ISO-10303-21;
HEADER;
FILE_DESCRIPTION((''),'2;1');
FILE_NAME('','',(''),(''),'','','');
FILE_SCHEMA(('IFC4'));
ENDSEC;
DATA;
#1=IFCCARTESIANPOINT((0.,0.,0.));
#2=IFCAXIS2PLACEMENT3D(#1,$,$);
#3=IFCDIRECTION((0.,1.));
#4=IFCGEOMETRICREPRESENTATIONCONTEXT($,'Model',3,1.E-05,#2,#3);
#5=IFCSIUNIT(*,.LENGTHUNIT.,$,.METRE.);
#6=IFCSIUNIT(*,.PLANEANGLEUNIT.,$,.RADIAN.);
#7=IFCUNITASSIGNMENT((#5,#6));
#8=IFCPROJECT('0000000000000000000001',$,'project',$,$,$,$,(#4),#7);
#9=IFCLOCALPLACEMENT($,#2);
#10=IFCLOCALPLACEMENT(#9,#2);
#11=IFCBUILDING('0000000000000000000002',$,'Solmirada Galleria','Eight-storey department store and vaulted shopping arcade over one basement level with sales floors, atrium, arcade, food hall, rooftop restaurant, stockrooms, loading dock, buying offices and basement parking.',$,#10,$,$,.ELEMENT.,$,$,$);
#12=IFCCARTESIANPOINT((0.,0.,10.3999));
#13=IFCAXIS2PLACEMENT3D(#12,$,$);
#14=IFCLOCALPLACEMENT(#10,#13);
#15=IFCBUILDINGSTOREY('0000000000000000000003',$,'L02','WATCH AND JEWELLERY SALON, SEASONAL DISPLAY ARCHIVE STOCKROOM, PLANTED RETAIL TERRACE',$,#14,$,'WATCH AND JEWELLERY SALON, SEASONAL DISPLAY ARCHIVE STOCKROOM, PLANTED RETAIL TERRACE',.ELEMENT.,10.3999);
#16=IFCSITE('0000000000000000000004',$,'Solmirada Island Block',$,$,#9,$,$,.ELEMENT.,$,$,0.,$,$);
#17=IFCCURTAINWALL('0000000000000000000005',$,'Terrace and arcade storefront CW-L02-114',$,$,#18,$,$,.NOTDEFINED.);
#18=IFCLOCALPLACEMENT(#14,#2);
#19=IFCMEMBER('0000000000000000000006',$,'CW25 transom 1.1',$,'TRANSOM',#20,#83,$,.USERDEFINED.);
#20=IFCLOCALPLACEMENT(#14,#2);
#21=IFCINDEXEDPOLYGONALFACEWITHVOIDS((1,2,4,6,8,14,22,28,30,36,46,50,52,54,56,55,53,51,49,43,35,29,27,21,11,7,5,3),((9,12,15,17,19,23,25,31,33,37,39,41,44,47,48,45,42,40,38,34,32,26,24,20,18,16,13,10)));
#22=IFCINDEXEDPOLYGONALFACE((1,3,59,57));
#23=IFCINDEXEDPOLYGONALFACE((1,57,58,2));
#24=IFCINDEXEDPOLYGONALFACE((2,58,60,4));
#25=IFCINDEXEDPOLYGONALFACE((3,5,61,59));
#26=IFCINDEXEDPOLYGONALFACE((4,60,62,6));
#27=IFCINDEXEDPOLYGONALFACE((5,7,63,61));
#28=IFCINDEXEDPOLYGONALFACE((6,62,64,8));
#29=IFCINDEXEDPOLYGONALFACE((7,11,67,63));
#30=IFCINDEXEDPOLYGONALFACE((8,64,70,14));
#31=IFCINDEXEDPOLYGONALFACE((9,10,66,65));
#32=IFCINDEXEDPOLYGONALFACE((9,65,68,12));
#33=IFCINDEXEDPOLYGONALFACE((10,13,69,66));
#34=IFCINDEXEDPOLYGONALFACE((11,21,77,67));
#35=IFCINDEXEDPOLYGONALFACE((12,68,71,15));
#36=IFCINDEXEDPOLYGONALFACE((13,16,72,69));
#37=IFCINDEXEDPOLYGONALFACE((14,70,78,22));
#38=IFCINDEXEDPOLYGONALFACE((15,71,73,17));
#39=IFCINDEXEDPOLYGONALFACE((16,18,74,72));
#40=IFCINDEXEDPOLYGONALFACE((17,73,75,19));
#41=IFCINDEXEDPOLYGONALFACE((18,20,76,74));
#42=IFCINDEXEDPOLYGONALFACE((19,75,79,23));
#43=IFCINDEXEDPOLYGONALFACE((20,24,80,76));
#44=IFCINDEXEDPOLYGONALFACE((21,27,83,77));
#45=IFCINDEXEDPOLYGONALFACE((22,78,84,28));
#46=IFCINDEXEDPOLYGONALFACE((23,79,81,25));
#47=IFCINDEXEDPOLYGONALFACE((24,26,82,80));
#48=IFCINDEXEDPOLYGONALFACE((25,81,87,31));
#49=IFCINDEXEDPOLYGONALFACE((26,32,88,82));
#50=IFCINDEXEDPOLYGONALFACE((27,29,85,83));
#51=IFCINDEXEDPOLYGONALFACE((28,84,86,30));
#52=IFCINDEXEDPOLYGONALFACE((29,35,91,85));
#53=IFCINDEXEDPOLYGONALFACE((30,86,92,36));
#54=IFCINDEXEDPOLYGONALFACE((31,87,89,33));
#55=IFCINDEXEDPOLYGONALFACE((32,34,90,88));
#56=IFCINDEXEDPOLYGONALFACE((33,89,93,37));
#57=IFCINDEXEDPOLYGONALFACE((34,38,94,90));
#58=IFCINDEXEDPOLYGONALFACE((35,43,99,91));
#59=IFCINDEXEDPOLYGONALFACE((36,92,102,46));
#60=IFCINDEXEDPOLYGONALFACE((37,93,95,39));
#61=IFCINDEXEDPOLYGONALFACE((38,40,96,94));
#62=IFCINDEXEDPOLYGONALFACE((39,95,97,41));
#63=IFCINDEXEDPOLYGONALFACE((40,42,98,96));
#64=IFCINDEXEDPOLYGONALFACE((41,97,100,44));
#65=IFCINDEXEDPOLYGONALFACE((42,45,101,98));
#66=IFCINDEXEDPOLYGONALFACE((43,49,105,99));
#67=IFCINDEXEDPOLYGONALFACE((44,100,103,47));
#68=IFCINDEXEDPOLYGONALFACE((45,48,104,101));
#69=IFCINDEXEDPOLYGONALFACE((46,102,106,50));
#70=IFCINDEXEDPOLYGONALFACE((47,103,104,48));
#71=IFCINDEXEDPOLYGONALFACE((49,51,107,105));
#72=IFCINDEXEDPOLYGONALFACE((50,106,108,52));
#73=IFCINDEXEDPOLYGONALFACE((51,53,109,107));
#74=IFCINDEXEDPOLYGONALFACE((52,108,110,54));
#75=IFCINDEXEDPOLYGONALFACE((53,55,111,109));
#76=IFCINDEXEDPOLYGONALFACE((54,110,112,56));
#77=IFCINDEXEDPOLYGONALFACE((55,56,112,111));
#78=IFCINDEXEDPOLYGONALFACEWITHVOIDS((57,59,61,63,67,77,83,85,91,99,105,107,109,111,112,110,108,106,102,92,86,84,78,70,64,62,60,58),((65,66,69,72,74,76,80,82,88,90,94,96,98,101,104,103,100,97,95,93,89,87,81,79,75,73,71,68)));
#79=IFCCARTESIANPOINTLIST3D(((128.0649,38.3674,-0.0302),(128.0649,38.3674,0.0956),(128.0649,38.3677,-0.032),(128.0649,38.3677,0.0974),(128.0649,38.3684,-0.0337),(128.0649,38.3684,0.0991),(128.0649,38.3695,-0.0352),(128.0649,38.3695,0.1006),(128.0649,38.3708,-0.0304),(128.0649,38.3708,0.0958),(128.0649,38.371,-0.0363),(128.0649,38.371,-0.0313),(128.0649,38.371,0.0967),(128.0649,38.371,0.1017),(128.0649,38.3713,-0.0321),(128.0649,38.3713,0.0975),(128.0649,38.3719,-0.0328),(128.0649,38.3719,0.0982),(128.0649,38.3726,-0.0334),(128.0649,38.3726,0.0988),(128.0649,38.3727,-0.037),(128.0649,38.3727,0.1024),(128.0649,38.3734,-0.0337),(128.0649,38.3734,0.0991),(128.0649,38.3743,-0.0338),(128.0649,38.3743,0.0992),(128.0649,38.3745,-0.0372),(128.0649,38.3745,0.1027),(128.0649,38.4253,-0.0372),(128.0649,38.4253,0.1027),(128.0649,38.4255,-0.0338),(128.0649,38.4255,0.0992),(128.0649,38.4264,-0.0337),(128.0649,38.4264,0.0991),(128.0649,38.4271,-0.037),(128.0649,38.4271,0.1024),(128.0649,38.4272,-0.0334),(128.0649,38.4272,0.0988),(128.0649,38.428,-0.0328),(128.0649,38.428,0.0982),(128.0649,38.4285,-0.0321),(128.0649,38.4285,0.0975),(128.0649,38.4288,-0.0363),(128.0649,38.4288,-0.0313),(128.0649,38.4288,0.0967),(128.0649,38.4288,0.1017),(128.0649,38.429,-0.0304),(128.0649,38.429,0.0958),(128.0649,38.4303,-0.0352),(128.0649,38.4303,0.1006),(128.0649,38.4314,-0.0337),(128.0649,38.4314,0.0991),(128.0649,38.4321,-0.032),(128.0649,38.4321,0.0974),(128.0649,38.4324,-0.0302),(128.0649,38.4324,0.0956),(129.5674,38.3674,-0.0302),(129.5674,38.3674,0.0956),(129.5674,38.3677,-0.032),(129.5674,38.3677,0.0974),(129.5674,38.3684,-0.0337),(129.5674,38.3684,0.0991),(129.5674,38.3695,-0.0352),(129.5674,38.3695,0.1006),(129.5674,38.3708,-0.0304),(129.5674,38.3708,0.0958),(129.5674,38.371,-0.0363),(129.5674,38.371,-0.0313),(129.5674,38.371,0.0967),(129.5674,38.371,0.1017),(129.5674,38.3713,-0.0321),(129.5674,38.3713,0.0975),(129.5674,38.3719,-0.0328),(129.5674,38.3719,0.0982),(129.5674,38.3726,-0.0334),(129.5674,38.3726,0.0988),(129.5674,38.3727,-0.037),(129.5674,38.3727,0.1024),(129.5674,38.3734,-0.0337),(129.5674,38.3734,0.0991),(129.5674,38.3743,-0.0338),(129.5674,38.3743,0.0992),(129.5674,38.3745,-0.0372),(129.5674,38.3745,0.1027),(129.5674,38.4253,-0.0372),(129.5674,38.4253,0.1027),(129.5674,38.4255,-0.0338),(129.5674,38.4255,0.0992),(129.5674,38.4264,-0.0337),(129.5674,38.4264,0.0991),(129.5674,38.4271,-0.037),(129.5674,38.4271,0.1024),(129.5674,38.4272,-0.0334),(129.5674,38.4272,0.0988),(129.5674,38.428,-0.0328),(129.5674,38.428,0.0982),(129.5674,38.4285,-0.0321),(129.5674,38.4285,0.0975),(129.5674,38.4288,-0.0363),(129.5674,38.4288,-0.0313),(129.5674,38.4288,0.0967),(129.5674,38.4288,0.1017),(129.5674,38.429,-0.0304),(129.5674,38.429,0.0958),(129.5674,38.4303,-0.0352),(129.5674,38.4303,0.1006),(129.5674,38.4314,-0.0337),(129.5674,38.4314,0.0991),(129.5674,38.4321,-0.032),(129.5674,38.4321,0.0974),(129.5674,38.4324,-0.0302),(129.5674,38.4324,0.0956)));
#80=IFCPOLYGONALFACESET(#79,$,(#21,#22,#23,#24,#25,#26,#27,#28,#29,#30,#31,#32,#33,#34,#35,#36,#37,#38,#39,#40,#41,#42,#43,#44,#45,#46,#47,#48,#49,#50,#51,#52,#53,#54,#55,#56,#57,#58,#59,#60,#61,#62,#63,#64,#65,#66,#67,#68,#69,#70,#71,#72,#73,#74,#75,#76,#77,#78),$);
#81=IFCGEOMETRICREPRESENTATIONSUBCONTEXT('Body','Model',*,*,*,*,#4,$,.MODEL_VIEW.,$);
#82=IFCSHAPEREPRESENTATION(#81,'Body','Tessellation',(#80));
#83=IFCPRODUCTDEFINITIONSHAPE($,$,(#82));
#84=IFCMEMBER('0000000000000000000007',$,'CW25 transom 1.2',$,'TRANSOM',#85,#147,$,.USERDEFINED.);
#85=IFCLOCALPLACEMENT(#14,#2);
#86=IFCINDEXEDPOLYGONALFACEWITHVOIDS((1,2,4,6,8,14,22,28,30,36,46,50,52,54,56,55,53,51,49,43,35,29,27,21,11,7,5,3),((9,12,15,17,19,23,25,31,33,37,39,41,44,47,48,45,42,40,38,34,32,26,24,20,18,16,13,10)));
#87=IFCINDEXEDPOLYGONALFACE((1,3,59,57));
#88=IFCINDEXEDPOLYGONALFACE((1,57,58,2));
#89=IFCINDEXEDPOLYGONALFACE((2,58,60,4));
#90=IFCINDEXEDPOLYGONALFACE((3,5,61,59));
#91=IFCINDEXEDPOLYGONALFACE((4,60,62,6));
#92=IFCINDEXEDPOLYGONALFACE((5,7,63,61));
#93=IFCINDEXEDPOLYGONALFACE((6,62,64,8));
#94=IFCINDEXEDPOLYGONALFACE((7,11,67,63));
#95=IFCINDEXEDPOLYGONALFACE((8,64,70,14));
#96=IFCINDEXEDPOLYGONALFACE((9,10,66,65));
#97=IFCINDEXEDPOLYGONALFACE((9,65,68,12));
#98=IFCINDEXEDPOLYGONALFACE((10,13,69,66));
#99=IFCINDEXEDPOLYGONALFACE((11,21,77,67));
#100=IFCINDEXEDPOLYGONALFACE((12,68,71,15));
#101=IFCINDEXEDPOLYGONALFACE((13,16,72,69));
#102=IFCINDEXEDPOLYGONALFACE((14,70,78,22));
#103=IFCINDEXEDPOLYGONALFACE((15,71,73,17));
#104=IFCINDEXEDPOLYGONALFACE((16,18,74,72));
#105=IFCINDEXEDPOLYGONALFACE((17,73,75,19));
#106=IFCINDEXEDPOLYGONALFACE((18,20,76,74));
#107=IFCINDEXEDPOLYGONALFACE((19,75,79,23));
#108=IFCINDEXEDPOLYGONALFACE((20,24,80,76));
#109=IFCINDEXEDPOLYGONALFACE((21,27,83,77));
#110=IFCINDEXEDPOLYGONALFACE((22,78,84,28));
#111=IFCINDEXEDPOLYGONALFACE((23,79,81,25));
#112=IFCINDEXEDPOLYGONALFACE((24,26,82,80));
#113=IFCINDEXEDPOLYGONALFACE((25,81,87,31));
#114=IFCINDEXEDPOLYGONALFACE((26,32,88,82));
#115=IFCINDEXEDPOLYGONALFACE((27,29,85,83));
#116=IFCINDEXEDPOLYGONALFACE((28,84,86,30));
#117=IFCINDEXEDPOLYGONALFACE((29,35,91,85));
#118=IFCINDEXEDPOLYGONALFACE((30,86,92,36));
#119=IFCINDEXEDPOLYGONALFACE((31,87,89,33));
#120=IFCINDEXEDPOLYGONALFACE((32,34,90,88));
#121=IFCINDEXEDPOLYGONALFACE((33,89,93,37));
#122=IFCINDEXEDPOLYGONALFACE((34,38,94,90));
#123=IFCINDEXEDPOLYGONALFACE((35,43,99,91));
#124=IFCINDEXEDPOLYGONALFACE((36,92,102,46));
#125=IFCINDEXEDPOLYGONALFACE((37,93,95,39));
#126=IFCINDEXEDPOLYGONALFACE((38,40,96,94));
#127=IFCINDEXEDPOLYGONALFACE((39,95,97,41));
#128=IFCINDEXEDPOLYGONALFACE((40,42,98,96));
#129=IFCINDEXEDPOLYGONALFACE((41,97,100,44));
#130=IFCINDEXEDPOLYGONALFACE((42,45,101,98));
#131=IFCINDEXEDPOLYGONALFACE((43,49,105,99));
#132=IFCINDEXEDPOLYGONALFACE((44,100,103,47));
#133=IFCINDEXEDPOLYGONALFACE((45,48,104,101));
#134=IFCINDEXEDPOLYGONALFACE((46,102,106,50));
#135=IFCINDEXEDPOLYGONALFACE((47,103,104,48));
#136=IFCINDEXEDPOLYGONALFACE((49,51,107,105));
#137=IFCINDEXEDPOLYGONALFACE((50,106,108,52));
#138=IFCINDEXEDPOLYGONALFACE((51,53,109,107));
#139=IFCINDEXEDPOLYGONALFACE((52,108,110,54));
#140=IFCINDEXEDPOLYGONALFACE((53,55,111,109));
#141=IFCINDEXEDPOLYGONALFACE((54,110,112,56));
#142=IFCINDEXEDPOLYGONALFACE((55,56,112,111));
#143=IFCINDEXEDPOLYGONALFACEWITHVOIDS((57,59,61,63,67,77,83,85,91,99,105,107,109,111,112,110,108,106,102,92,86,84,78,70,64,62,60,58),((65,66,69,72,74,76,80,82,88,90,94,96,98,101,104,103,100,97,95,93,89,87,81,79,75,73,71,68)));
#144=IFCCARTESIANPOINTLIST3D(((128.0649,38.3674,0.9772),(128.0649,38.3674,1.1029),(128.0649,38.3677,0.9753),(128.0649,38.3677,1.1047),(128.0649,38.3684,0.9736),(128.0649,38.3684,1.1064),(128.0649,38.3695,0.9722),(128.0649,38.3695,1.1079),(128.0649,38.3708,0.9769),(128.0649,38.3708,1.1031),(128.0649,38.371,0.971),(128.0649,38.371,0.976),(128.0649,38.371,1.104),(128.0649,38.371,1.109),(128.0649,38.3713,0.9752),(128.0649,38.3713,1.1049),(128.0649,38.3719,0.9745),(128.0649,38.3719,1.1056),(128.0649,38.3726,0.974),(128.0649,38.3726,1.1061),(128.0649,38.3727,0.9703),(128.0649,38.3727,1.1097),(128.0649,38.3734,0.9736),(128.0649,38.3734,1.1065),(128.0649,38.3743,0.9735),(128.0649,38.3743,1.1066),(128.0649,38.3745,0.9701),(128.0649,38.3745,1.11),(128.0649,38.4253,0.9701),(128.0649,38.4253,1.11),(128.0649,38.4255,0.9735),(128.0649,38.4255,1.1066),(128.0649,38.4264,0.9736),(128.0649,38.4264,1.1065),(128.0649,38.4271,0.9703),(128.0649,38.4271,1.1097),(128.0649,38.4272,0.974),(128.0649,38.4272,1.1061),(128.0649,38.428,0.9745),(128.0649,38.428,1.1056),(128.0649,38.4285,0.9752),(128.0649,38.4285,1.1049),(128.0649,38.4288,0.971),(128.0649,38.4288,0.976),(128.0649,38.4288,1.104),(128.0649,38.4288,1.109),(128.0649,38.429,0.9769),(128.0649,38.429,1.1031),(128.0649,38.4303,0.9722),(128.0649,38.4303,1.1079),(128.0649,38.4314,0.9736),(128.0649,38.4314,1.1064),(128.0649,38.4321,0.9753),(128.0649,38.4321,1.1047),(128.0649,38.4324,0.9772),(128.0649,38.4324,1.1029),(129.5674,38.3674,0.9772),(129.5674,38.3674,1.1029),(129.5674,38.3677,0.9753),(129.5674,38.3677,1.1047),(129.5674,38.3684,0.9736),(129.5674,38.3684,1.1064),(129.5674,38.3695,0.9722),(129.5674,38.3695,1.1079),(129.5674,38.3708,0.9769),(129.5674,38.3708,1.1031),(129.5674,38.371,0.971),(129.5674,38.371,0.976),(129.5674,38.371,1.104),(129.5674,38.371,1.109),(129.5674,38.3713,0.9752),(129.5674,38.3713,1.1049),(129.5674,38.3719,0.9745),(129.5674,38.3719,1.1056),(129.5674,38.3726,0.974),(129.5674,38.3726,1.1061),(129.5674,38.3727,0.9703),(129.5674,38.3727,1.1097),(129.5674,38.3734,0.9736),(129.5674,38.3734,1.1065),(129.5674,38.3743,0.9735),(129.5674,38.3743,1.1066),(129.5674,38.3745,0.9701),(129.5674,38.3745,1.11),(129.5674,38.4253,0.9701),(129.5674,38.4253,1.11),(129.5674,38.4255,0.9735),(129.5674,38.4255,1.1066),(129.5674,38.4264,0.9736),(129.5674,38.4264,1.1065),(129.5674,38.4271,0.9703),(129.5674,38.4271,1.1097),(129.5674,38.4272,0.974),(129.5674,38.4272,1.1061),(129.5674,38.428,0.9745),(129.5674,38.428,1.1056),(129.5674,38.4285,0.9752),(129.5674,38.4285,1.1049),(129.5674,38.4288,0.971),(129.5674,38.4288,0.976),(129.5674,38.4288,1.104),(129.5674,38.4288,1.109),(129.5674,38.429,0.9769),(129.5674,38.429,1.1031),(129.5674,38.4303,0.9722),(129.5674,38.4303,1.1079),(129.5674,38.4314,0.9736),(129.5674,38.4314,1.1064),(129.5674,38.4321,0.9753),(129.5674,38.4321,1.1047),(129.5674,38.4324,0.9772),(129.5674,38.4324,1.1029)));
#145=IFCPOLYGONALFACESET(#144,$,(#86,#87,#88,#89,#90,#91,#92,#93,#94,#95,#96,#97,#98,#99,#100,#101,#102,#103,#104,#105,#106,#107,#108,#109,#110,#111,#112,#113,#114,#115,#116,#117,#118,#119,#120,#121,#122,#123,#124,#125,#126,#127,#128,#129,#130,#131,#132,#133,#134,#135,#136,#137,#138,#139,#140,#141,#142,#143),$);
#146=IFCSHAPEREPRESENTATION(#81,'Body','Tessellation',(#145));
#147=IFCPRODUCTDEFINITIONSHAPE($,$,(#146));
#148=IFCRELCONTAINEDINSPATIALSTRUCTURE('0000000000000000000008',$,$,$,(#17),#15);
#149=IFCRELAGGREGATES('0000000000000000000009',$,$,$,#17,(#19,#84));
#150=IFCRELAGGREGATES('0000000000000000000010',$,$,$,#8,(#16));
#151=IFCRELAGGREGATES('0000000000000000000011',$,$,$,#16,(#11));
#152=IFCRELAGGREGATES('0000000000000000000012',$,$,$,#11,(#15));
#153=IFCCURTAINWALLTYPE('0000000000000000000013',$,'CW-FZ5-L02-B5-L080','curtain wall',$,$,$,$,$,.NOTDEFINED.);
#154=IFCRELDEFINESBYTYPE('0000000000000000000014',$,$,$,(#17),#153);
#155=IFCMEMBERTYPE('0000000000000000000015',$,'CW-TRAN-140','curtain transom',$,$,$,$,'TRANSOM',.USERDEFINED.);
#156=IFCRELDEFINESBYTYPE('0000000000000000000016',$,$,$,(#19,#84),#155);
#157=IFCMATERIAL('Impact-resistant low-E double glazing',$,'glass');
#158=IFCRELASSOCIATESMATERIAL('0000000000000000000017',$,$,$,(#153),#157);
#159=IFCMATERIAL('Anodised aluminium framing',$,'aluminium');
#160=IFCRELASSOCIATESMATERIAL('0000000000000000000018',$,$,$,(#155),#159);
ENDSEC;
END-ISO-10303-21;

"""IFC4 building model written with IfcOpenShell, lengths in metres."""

from ifc_helpers import new_model, si_unit, direction, frame, origin, origin_2d, place, context, subcontext, project, spatial, hollow_rectangle, extrude, material, material_profile, profile_set, type_object, element, aggregate, save


model = new_model("IFC4")

# Units and contexts
model_context = context("Model", 3, precision=1e-05, world=origin(), true_north=direction((0.0, 1.0)))
body_context = subcontext(model_context, "Body", "Model", "MODEL_VIEW")
ifc_project = project(units=[si_unit("LENGTHUNIT", "METRE"), si_unit("PLANEANGLEUNIT", "RADIAN")], contexts=[model_context])

# Site, building, storey
site_placement = place(None, origin())
site = spatial("IfcSite", under=ifc_project, at=site_placement, Name="Solmirada Island Block", CompositionType="ELEMENT", RefElevation=0.0)
building_placement = place(site_placement, origin())
building = spatial("IfcBuilding", under=site, at=building_placement, Name="Solmirada Galleria", Description="Eight-storey department store and vaulted shopping arcade over one basement level with sales floors, atrium, arcade, food hall, rooftop restaurant, stockrooms, loading dock, buying offices and basement parking.", CompositionType="ELEMENT")
storey_placement = place(building_placement, frame((0.0, 0.0, 10.3999)))
storey = spatial("IfcBuildingStorey", under=building, at=storey_placement, Name="L02", Description="WATCH AND JEWELLERY SALON, SEASONAL DISPLAY ARCHIVE STOCKROOM, PLANTED RETAIL TERRACE", LongName="WATCH AND JEWELLERY SALON, SEASONAL DISPLAY ARCHIVE STOCKROOM, PLANTED RETAIL TERRACE", CompositionType="ELEMENT", Elevation=10.3999)

# Shared definitions
ifc_material_1 = material(Name="Impact-resistant low-E double glazing", Category="glass")
curtain_wall_type = type_object("IfcCurtainWallType", Name="CW-FZ5-L02-B5-L080", Description="curtain wall", PredefinedType="NOTDEFINED", material=ifc_material_1)
ifc_material_2 = material(Name="Anodised aluminium framing", Category="aluminium")

# Curtain wall
curtain_wall_1_placement = place(storey_placement, origin())
curtain_wall_1 = element("IfcCurtainWall", 1, at=curtain_wall_1_placement, inside=storey, type_object=curtain_wall_type, Name="Terrace and arcade storefront CW-L02-114", PredefinedType="NOTDEFINED")

# Members
ifc_material_profile_1 = material_profile(ifc_material_2, hollow_rectangle(XDim=0.0649, YDim=0.1399, WallThickness=0.0034, InnerFilletRadius=0.0034, OuterFilletRadius=0.0071, at=origin_2d()), Name="ALU-TRAN-140X65")
ifc_profile_set_1 = profile_set([ifc_material_profile_1], Name="Anodised aluminium framing")
member_type_1 = type_object("IfcMemberType", Name="CW-TRAN-140", Description="curtain transom", ElementType="TRANSOM", PredefinedType="USERDEFINED", material=ifc_profile_set_1)
member_1_placement = place(storey_placement, frame((128.0649, 38.3999, 0.0327), z_axis=(1.0, 0.0, 0.0), x_axis=(0.0, 1.0, 0.0)))
member_1 = element("IfcMember", 2, at=member_1_placement, type_object=member_type_1, Name="CW25 transom 1.1", ObjectType="TRANSOM", PredefinedType="USERDEFINED", context=body_context, shape_type="SweptSolid", body=[
    extrude(hollow_rectangle(XDim=0.0649, YDim=0.1399, WallThickness=0.0034, InnerFilletRadius=0.0034, OuterFilletRadius=0.0071, at=origin_2d()), origin(), (0.0, 0.0, 1.0), 1.5024),
])
member_2_placement = place(storey_placement, frame((128.0649, 38.3999, 1.04), z_axis=(1.0, 0.0, 0.0), x_axis=(0.0, 1.0, 0.0)))
member_2 = element("IfcMember", 3, at=member_2_placement, type_object=member_type_1, Name="CW25 transom 1.2", ObjectType="TRANSOM", PredefinedType="USERDEFINED", context=body_context, shape_type="SweptSolid", body=[
    extrude(hollow_rectangle(XDim=0.0649, YDim=0.1399, WallThickness=0.0034, InnerFilletRadius=0.0034, OuterFilletRadius=0.0071, at=origin_2d()), origin(), (0.0, 0.0, 1.0), 1.5024),
])

aggregate(curtain_wall_1, [member_1, member_2])

save(model, "model.ifc")
